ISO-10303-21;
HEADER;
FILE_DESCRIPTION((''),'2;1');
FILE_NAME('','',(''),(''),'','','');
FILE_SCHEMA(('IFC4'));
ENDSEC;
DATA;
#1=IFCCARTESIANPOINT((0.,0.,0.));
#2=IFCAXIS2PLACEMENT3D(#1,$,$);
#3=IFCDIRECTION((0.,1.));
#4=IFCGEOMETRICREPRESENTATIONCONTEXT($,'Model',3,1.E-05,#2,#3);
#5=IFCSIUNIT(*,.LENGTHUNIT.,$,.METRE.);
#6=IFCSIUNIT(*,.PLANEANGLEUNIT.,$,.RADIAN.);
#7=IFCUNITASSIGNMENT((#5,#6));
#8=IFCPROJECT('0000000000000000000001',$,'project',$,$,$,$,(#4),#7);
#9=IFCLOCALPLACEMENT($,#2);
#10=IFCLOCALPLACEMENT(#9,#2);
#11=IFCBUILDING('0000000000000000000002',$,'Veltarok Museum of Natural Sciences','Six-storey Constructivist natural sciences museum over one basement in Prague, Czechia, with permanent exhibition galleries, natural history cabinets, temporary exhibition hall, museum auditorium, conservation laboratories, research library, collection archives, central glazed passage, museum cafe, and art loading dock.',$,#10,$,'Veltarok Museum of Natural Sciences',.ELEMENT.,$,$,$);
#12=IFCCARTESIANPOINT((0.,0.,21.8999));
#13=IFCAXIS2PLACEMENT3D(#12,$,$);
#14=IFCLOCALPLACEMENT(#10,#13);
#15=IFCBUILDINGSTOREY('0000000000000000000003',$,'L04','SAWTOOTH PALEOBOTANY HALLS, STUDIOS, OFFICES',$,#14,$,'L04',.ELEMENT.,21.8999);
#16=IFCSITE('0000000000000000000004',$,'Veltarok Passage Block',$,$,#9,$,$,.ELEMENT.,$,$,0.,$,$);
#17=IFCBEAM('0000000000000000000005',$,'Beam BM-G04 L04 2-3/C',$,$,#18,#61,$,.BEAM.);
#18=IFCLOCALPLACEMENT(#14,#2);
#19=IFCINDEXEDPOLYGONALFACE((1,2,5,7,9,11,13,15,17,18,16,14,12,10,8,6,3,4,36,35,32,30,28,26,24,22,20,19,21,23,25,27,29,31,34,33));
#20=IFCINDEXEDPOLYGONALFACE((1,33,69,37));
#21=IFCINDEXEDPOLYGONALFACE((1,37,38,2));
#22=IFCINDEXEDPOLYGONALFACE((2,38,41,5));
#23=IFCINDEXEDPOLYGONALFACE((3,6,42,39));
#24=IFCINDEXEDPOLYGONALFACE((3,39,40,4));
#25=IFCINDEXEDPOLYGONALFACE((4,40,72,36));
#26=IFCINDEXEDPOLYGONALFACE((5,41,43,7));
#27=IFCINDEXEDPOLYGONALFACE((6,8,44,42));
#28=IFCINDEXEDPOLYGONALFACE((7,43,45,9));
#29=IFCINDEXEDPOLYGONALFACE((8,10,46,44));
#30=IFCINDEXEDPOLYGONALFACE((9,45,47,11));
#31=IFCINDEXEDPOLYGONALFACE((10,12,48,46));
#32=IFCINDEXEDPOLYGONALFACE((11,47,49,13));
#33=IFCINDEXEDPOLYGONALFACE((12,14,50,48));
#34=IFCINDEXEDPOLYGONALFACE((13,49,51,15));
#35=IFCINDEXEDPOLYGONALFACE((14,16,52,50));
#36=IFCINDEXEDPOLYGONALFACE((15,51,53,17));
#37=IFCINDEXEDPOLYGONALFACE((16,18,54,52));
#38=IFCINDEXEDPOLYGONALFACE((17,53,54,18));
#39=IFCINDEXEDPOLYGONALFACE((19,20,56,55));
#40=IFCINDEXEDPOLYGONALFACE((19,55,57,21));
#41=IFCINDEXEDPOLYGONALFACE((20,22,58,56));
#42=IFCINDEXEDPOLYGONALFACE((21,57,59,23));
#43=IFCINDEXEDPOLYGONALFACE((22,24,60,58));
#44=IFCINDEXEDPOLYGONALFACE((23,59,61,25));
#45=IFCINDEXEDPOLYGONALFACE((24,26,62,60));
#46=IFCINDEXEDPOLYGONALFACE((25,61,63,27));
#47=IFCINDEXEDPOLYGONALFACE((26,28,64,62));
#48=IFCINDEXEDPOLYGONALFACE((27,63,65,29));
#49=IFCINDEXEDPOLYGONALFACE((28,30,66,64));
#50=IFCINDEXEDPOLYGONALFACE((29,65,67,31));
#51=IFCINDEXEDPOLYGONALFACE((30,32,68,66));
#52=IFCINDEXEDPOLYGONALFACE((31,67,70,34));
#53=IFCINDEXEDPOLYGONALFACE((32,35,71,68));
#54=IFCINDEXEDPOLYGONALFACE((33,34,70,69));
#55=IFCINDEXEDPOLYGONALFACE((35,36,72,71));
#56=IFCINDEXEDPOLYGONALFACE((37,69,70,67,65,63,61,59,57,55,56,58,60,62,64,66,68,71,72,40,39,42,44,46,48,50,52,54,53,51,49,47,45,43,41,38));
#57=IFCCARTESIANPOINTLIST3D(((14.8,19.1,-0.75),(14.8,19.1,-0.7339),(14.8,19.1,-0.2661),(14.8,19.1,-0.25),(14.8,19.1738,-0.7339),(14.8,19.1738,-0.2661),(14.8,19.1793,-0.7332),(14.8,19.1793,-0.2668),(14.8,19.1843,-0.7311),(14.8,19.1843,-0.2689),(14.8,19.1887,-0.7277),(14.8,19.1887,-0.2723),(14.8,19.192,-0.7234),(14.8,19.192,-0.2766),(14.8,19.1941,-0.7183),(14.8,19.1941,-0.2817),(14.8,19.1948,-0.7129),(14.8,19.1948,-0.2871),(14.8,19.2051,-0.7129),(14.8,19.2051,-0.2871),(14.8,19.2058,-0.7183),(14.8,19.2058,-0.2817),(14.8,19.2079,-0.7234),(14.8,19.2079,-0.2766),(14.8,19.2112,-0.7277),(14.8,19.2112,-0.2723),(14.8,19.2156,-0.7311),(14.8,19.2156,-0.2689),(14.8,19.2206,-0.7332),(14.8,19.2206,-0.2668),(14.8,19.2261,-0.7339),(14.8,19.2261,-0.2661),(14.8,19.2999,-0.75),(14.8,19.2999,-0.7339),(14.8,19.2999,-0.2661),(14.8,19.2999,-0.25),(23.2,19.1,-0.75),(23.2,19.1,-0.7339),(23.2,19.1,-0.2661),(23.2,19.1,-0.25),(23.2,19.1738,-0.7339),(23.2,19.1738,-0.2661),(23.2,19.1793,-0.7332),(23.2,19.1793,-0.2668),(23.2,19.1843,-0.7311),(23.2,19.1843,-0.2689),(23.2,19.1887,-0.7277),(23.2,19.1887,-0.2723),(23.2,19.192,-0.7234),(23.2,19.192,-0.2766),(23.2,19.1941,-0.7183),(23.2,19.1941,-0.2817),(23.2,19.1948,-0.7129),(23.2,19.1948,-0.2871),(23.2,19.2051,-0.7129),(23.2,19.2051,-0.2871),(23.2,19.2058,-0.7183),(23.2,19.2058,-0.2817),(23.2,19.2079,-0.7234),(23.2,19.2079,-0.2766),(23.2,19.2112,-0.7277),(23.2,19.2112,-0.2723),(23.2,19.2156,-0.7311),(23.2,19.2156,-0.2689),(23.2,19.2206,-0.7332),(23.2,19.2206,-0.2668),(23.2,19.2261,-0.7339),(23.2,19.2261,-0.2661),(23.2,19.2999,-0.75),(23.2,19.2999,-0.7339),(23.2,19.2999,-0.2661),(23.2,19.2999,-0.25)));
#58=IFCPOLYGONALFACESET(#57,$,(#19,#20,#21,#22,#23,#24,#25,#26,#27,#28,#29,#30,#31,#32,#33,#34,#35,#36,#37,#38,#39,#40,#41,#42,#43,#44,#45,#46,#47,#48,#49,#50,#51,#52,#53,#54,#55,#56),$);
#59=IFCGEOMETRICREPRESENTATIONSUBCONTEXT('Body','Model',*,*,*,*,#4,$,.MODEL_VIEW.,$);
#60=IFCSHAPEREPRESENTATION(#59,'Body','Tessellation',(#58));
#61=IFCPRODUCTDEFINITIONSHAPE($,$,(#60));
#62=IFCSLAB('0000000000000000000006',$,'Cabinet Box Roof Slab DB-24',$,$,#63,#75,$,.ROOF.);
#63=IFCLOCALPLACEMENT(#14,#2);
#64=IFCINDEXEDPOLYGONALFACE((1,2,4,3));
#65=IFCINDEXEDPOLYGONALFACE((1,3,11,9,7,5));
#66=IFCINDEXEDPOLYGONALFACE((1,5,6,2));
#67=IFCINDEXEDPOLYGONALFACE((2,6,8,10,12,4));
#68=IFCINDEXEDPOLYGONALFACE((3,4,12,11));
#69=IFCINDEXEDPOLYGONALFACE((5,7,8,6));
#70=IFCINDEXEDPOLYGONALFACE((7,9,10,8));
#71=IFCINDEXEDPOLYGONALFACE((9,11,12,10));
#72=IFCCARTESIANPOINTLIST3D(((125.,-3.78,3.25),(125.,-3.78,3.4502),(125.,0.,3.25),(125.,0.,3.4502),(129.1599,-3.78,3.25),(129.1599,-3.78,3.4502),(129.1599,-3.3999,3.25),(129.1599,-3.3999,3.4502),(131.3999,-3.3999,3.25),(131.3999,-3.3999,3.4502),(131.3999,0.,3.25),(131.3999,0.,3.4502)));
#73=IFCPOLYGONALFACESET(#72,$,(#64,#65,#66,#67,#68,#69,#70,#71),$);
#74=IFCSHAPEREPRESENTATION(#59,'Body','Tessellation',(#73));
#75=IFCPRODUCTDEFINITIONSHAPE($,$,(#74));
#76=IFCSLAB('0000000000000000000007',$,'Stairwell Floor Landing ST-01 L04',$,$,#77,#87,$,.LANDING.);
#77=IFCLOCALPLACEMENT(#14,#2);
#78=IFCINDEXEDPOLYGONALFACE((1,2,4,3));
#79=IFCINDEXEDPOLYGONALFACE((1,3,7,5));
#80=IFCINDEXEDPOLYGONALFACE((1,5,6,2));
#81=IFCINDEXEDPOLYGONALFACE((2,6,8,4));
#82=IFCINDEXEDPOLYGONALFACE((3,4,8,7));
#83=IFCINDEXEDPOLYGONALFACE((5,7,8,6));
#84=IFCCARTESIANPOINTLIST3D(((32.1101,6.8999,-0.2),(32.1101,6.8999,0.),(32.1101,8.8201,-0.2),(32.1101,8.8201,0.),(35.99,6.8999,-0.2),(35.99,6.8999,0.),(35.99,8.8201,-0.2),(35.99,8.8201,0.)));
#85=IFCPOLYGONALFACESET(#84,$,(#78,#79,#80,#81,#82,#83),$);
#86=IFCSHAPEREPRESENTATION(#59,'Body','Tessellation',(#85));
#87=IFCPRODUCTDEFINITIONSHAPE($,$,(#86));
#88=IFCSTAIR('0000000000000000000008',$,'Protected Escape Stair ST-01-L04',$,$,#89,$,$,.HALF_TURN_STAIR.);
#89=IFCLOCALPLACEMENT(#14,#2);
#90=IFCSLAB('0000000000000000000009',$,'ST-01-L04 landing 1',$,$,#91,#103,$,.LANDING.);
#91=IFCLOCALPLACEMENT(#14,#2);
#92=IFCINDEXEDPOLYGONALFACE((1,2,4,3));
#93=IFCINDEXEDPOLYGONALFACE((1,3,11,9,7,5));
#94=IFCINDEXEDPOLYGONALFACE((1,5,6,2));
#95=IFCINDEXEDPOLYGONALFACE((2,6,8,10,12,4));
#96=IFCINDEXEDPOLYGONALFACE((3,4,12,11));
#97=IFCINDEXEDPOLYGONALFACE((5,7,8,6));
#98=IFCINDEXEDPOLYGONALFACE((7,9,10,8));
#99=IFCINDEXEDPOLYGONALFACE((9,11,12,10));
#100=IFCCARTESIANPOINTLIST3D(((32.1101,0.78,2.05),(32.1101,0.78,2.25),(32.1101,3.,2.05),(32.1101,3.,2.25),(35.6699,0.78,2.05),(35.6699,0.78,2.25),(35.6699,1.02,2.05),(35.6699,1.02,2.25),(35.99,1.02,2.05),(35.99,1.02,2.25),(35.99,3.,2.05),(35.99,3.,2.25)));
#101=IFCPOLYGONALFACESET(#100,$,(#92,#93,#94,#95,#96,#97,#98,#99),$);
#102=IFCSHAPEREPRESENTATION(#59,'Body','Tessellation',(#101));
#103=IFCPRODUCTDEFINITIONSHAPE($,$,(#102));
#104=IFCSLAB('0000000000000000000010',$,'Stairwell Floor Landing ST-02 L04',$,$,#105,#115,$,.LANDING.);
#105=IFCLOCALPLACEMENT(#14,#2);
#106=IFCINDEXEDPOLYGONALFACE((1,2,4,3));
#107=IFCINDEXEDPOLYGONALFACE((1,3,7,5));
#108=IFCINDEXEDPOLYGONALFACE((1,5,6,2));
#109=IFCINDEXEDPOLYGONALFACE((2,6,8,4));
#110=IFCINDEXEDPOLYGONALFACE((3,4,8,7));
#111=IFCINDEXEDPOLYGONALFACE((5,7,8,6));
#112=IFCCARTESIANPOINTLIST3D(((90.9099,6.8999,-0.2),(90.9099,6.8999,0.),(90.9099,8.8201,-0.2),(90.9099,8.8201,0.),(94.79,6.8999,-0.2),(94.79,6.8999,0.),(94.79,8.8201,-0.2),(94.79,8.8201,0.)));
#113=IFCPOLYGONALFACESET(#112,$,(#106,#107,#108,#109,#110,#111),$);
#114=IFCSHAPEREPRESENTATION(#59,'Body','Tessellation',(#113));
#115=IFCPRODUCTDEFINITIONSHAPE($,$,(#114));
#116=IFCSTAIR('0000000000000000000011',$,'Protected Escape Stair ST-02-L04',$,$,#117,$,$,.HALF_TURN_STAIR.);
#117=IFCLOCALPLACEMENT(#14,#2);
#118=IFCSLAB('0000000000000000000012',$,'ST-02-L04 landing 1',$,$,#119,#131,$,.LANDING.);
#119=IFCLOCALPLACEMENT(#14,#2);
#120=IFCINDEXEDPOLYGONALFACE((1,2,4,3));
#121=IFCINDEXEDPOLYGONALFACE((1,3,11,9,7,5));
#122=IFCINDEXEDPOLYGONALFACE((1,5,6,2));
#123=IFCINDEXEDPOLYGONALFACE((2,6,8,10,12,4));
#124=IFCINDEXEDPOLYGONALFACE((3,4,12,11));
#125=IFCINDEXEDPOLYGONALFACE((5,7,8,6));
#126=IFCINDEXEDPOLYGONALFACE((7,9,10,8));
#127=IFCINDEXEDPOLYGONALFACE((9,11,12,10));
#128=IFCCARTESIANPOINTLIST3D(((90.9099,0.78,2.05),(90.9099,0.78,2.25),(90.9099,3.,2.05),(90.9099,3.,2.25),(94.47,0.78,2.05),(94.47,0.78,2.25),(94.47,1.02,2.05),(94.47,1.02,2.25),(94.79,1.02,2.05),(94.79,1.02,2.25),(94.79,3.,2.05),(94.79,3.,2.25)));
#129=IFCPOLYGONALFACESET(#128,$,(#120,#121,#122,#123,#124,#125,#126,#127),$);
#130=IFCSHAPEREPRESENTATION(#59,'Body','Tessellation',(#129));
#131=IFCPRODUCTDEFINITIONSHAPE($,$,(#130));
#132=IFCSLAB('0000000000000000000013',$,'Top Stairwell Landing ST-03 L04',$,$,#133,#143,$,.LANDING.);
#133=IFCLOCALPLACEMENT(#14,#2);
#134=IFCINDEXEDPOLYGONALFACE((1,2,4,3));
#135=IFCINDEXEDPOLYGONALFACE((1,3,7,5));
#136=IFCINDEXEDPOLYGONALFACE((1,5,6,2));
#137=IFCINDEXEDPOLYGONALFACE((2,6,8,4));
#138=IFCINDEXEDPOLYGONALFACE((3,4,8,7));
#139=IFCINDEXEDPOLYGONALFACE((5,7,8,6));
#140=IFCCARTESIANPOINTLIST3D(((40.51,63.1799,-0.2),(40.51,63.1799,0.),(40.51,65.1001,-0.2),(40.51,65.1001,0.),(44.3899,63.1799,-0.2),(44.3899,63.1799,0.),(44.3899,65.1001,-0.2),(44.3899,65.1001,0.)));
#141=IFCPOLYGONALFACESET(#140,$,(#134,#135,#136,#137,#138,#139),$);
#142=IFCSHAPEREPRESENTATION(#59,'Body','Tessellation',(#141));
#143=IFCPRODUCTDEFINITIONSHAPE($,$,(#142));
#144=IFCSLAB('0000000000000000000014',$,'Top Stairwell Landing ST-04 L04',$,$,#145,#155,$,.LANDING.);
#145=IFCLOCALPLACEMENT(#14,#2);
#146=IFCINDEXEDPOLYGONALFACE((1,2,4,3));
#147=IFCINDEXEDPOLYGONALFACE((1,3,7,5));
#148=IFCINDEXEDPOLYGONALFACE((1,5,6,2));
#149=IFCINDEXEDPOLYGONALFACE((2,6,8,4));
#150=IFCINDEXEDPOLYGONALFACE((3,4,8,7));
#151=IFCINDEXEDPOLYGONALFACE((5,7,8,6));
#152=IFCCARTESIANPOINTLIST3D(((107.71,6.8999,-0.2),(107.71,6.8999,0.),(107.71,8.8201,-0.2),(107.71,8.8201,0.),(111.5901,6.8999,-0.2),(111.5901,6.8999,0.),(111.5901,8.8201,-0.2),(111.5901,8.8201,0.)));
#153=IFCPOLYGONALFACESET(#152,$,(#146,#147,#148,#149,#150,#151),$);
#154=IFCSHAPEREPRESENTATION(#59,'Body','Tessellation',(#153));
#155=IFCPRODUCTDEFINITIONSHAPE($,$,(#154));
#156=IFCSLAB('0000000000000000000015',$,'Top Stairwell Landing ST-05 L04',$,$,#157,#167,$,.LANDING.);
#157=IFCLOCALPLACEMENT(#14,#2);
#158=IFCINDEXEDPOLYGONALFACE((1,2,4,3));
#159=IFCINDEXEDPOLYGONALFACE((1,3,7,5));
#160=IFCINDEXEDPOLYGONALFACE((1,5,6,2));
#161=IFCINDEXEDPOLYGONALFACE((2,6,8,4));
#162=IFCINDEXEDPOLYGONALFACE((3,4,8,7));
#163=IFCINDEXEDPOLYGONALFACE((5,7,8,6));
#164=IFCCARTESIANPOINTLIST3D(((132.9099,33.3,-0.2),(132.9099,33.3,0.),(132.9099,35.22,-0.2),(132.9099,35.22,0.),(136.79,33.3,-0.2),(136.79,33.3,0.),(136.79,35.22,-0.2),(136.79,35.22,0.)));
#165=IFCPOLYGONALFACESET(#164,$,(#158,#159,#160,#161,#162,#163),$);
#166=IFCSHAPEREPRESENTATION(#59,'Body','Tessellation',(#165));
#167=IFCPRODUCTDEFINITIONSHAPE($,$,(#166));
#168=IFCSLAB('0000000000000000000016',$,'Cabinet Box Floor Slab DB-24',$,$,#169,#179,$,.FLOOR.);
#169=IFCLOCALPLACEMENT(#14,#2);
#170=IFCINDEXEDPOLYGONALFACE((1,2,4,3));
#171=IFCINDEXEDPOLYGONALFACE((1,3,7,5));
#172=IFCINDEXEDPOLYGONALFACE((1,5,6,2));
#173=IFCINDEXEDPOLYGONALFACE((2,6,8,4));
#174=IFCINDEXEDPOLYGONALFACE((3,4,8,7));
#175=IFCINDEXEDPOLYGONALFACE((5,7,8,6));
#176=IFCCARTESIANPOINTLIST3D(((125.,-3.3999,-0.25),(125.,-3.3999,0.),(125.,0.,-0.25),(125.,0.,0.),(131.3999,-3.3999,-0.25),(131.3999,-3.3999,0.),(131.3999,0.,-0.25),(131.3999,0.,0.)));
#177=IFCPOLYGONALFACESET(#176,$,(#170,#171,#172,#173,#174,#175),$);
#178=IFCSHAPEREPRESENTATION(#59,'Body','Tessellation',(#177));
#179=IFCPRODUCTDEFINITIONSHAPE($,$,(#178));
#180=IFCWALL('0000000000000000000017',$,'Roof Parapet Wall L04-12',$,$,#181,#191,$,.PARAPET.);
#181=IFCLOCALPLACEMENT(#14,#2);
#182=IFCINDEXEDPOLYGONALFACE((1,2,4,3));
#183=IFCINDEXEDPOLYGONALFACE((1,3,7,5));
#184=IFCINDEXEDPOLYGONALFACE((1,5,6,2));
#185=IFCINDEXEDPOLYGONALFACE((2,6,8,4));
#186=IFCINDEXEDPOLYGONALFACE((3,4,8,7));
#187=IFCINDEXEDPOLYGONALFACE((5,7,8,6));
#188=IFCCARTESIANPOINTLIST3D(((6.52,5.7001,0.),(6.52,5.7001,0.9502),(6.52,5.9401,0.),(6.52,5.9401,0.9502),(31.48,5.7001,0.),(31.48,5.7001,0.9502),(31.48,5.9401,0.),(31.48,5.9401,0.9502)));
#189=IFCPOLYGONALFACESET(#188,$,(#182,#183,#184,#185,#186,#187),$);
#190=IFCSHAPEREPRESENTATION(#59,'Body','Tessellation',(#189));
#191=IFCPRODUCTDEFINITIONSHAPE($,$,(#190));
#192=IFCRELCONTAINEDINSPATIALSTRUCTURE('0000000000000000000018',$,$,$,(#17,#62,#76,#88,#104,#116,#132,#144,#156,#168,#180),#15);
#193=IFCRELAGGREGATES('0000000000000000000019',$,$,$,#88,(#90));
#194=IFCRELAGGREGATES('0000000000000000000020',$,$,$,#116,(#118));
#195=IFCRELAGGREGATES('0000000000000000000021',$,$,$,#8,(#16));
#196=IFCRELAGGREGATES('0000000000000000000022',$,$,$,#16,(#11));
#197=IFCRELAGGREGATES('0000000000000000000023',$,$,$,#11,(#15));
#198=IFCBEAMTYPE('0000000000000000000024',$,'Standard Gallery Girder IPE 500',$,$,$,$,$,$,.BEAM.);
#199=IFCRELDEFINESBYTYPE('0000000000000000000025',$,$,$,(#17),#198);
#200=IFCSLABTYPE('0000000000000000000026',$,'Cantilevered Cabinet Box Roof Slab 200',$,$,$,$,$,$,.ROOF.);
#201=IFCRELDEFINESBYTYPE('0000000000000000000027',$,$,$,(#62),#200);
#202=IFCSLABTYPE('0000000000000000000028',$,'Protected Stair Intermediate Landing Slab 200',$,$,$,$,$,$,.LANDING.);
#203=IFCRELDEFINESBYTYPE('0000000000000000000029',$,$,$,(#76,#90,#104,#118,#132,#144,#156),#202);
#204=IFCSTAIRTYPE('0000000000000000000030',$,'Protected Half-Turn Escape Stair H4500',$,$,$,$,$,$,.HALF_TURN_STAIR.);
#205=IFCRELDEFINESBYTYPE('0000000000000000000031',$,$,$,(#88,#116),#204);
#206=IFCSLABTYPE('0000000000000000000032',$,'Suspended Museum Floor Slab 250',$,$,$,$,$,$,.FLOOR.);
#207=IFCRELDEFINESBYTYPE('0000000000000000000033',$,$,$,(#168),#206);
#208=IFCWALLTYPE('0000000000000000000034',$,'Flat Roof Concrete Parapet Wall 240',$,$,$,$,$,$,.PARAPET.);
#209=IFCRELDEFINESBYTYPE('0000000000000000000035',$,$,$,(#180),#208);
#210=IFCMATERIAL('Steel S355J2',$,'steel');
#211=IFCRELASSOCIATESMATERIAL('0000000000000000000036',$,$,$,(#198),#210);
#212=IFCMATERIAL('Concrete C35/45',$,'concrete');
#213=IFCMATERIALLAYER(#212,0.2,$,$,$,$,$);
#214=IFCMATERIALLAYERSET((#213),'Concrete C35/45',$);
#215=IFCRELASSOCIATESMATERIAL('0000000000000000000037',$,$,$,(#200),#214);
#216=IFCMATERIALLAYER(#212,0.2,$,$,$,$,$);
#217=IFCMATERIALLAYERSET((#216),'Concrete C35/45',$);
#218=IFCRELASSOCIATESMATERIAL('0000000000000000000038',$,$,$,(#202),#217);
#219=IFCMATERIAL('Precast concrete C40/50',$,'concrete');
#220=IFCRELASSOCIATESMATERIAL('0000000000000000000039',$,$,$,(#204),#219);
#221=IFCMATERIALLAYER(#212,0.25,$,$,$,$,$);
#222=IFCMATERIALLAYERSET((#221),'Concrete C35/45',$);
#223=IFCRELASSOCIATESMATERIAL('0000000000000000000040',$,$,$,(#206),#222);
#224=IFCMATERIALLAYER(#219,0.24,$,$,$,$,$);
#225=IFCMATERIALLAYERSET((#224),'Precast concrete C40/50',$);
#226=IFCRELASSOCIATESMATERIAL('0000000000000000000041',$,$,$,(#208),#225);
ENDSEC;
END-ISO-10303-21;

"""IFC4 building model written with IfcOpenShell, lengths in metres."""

from ifc_helpers import new_model, si_unit, direction, frame, frame_2d, origin, origin_2d, place, context, subcontext, project, spatial, polyline, rectangle, i_section, outline, extrude, material, layer, layer_set, material_profile, profile_set, type_object, element, aggregate, save


model = new_model("IFC4")

# Units and contexts
model_context = context("Model", 3, precision=1e-05, world=origin(), true_north=direction((0.0, 1.0)))
body_context = subcontext(model_context, "Body", "Model", "MODEL_VIEW")
ifc_project = project(units=[si_unit("LENGTHUNIT", "METRE"), si_unit("PLANEANGLEUNIT", "RADIAN")], contexts=[model_context])

# Site, building, storey
site_placement = place(None, origin())
site = spatial("IfcSite", under=ifc_project, at=site_placement, Name="Veltarok Passage Block", CompositionType="ELEMENT", RefElevation=0.0)
building_placement = place(site_placement, origin())
building = spatial("IfcBuilding", under=site, at=building_placement, Name="Veltarok Museum of Natural Sciences", Description="Six-storey Constructivist natural sciences museum over one basement in Prague, Czechia, with permanent exhibition galleries, natural history cabinets, temporary exhibition hall, museum auditorium, conservation laboratories, research library, collection archives, central glazed passage, museum cafe, and art loading dock.", LongName="Veltarok Museum of Natural Sciences", CompositionType="ELEMENT")
storey_placement = place(building_placement, frame((0.0, 0.0, 21.8999)))
storey = spatial("IfcBuildingStorey", under=building, at=storey_placement, Name="L04", Description="SAWTOOTH PALEOBOTANY HALLS, STUDIOS, OFFICES", LongName="L04", CompositionType="ELEMENT", Elevation=21.8999)

# Beam
ifc_material_1 = material(Name="Steel S355J2", Category="steel")
ifc_material_profile_1 = material_profile(ifc_material_1, i_section(OverallWidth=0.2, OverallDepth=0.5, WebThickness=0.0103, FlangeThickness=0.0161, FilletRadius=0.021, at=origin_2d()), Name="IPE 500")
ifc_profile_set_1 = profile_set([ifc_material_profile_1], Name="Steel S355J2")
beam_type_1 = type_object("IfcBeamType", Name="Standard Gallery Girder IPE 500", PredefinedType="BEAM", material=ifc_profile_set_1)
beam_1_placement = place(storey_placement, frame((14.8, 19.2, -0.5), z_axis=(1.0, 0.0, 0.0), x_axis=(0.0, 1.0, 0.0)))
element("IfcBeam", 1, at=beam_1_placement, inside=storey, type_object=beam_type_1, Name="Beam BM-G04 L04 2-3/C", PredefinedType="BEAM", context=body_context, shape_type="SweptSolid", body=[
    extrude(i_section(OverallWidth=0.2, OverallDepth=0.5, WebThickness=0.0103, FlangeThickness=0.0161, FilletRadius=0.021, at=origin_2d()), origin(), (0.0, 0.0, 1.0), 8.3999),
])

# Slabs
ifc_material_2 = material(Name="Concrete C35/45", Category="concrete")
ifc_layer_1 = layer(ifc_material_2, 0.2)
ifc_layer_set_1 = layer_set([ifc_layer_1], Name="Concrete C35/45")
slab_type_1 = type_object("IfcSlabType", Name="Cantilevered Cabinet Box Roof Slab 200", PredefinedType="ROOF", material=ifc_layer_set_1)
slab_1_placement = place(storey_placement, frame((0.0, 0.0, 3.25)))
element("IfcSlab", 2, at=slab_1_placement, inside=storey, type_object=slab_type_1, Name="Cabinet Box Roof Slab DB-24", PredefinedType="ROOF", context=body_context, shape_type="SweptSolid", body=[
    extrude(outline(polyline([(125.0, -3.78), (129.1599, -3.78), (129.1599, -3.3999), (131.3999, -3.3999), (131.3999, 0.0), (125.0, 0.0), (125.0, -3.78)])), origin(), (0.0, 0.0, 1.0), 0.2002),
])
ifc_layer_2 = layer(ifc_material_2, 0.2)
ifc_layer_set_2 = layer_set([ifc_layer_2], Name="Concrete C35/45")
slab_type_2 = type_object("IfcSlabType", Name="Protected Stair Intermediate Landing Slab 200", PredefinedType="LANDING", material=ifc_layer_set_2)
slab_2_placement = place(storey_placement, frame((0.0, 0.0, -0.2)))
element("IfcSlab", 3, at=slab_2_placement, inside=storey, type_object=slab_type_2, Name="Stairwell Floor Landing ST-01 L04", PredefinedType="LANDING", context=body_context, shape_type="SweptSolid", body=[
    extrude(outline(polyline([(32.1101, 6.8999), (35.99, 6.8999), (35.99, 8.8201), (32.1101, 8.8201), (32.1101, 6.8999)])), origin(), (0.0, 0.0, 1.0), 0.2),
])

# Stair, slab
ifc_material_3 = material(Name="Precast concrete C40/50", Category="concrete")
stair_type = type_object("IfcStairType", Name="Protected Half-Turn Escape Stair H4500", PredefinedType="HALF_TURN_STAIR", material=ifc_material_3)
stair_1_placement = place(storey_placement, origin())
stair_1 = element("IfcStair", 4, at=stair_1_placement, inside=storey, type_object=stair_type, Name="Protected Escape Stair ST-01-L04", PredefinedType="HALF_TURN_STAIR")
slab_3_placement = place(storey_placement, frame((0.0, 0.0, 2.05)))
slab_3 = element("IfcSlab", 5, at=slab_3_placement, type_object=slab_type_2, Name="ST-01-L04 landing 1", PredefinedType="LANDING", context=body_context, shape_type="SweptSolid", body=[
    extrude(outline(polyline([(32.1101, 0.78), (35.6699, 0.78), (35.6699, 1.02), (35.99, 1.02), (35.99, 3.0), (32.1101, 3.0), (32.1101, 0.78)])), origin(), (0.0, 0.0, 1.0), 0.2),
])
aggregate(stair_1, [slab_3])

# Slab
slab_4_placement = place(storey_placement, frame((0.0, 0.0, -0.2)))
element("IfcSlab", 6, at=slab_4_placement, inside=storey, type_object=slab_type_2, Name="Stairwell Floor Landing ST-02 L04", PredefinedType="LANDING", context=body_context, shape_type="SweptSolid", body=[
    extrude(outline(polyline([(90.9099, 6.8999), (94.79, 6.8999), (94.79, 8.8201), (90.9099, 8.8201), (90.9099, 6.8999)])), origin(), (0.0, 0.0, 1.0), 0.2),
])

# Stair, slab
stair_2_placement = place(storey_placement, origin())
stair_2 = element("IfcStair", 7, at=stair_2_placement, inside=storey, type_object=stair_type, Name="Protected Escape Stair ST-02-L04", PredefinedType="HALF_TURN_STAIR")
slab_5_placement = place(storey_placement, frame((0.0, 0.0, 2.05)))
slab_5 = element("IfcSlab", 8, at=slab_5_placement, type_object=slab_type_2, Name="ST-02-L04 landing 1", PredefinedType="LANDING", context=body_context, shape_type="SweptSolid", body=[
    extrude(outline(polyline([(90.9099, 0.78), (94.47, 0.78), (94.47, 1.02), (94.79, 1.02), (94.79, 3.0), (90.9099, 3.0), (90.9099, 0.78)])), origin(), (0.0, 0.0, 1.0), 0.2),
])
aggregate(stair_2, [slab_5])

# Slabs
slab_6_placement = place(storey_placement, frame((0.0, 0.0, -0.2)))
element("IfcSlab", 9, at=slab_6_placement, inside=storey, type_object=slab_type_2, Name="Top Stairwell Landing ST-03 L04", PredefinedType="LANDING", context=body_context, shape_type="SweptSolid", body=[
    extrude(outline(polyline([(40.51, 63.1799), (44.3899, 63.1799), (44.3899, 65.1001), (40.51, 65.1001), (40.51, 63.1799)])), origin(), (0.0, 0.0, 1.0), 0.2),
])
slab_7_placement = place(storey_placement, frame((0.0, 0.0, -0.2)))
element("IfcSlab", 10, at=slab_7_placement, inside=storey, type_object=slab_type_2, Name="Top Stairwell Landing ST-04 L04", PredefinedType="LANDING", context=body_context, shape_type="SweptSolid", body=[
    extrude(outline(polyline([(107.71, 6.8999), (111.5901, 6.8999), (111.5901, 8.8201), (107.71, 8.8201), (107.71, 6.8999)])), origin(), (0.0, 0.0, 1.0), 0.2),
])
slab_8_placement = place(storey_placement, frame((0.0, 0.0, -0.2)))
element("IfcSlab", 11, at=slab_8_placement, inside=storey, type_object=slab_type_2, Name="Top Stairwell Landing ST-05 L04", PredefinedType="LANDING", context=body_context, shape_type="SweptSolid", body=[
    extrude(outline(polyline([(132.9099, 33.3), (136.79, 33.3), (136.79, 35.22), (132.9099, 35.22), (132.9099, 33.3)])), origin(), (0.0, 0.0, 1.0), 0.2),
])
ifc_layer_3 = layer(ifc_material_2, 0.25)
ifc_layer_set_3 = layer_set([ifc_layer_3], Name="Concrete C35/45")
slab_type_3 = type_object("IfcSlabType", Name="Suspended Museum Floor Slab 250", PredefinedType="FLOOR", material=ifc_layer_set_3)
slab_9_placement = place(storey_placement, frame((0.0, 0.0, -0.25)))
element("IfcSlab", 12, at=slab_9_placement, inside=storey, type_object=slab_type_3, Name="Cabinet Box Floor Slab DB-24", PredefinedType="FLOOR", context=body_context, shape_type="SweptSolid", body=[
    extrude(outline(polyline([(125.0, -3.3999), (131.3999, -3.3999), (131.3999, 0.0), (125.0, 0.0), (125.0, -3.3999)])), origin(), (0.0, 0.0, 1.0), 0.25),
])

# Wall
ifc_layer_4 = layer(ifc_material_3, 0.24)
ifc_layer_set_4 = layer_set([ifc_layer_4], Name="Precast concrete C40/50")
wall_type = type_object("IfcWallType", Name="Flat Roof Concrete Parapet Wall 240", PredefinedType="PARAPET", material=ifc_layer_set_4)
wall_placement = place(storey_placement, frame((6.52, 5.8201, 0.0), z_axis=(0.0, 0.0, 1.0), x_axis=(1.0, 0.0, 0.0)))
element("IfcWall", 13, at=wall_placement, inside=storey, type_object=wall_type, Name="Roof Parapet Wall L04-12", PredefinedType="PARAPET", context=body_context, shape_type="SweptSolid", body=[
    extrude(rectangle(XDim=24.96, YDim=0.24, at=frame_2d((12.48, 0.0))), origin(), (0.0, 0.0, 1.0), 0.9502),
])

save(model, "model.ifc")
